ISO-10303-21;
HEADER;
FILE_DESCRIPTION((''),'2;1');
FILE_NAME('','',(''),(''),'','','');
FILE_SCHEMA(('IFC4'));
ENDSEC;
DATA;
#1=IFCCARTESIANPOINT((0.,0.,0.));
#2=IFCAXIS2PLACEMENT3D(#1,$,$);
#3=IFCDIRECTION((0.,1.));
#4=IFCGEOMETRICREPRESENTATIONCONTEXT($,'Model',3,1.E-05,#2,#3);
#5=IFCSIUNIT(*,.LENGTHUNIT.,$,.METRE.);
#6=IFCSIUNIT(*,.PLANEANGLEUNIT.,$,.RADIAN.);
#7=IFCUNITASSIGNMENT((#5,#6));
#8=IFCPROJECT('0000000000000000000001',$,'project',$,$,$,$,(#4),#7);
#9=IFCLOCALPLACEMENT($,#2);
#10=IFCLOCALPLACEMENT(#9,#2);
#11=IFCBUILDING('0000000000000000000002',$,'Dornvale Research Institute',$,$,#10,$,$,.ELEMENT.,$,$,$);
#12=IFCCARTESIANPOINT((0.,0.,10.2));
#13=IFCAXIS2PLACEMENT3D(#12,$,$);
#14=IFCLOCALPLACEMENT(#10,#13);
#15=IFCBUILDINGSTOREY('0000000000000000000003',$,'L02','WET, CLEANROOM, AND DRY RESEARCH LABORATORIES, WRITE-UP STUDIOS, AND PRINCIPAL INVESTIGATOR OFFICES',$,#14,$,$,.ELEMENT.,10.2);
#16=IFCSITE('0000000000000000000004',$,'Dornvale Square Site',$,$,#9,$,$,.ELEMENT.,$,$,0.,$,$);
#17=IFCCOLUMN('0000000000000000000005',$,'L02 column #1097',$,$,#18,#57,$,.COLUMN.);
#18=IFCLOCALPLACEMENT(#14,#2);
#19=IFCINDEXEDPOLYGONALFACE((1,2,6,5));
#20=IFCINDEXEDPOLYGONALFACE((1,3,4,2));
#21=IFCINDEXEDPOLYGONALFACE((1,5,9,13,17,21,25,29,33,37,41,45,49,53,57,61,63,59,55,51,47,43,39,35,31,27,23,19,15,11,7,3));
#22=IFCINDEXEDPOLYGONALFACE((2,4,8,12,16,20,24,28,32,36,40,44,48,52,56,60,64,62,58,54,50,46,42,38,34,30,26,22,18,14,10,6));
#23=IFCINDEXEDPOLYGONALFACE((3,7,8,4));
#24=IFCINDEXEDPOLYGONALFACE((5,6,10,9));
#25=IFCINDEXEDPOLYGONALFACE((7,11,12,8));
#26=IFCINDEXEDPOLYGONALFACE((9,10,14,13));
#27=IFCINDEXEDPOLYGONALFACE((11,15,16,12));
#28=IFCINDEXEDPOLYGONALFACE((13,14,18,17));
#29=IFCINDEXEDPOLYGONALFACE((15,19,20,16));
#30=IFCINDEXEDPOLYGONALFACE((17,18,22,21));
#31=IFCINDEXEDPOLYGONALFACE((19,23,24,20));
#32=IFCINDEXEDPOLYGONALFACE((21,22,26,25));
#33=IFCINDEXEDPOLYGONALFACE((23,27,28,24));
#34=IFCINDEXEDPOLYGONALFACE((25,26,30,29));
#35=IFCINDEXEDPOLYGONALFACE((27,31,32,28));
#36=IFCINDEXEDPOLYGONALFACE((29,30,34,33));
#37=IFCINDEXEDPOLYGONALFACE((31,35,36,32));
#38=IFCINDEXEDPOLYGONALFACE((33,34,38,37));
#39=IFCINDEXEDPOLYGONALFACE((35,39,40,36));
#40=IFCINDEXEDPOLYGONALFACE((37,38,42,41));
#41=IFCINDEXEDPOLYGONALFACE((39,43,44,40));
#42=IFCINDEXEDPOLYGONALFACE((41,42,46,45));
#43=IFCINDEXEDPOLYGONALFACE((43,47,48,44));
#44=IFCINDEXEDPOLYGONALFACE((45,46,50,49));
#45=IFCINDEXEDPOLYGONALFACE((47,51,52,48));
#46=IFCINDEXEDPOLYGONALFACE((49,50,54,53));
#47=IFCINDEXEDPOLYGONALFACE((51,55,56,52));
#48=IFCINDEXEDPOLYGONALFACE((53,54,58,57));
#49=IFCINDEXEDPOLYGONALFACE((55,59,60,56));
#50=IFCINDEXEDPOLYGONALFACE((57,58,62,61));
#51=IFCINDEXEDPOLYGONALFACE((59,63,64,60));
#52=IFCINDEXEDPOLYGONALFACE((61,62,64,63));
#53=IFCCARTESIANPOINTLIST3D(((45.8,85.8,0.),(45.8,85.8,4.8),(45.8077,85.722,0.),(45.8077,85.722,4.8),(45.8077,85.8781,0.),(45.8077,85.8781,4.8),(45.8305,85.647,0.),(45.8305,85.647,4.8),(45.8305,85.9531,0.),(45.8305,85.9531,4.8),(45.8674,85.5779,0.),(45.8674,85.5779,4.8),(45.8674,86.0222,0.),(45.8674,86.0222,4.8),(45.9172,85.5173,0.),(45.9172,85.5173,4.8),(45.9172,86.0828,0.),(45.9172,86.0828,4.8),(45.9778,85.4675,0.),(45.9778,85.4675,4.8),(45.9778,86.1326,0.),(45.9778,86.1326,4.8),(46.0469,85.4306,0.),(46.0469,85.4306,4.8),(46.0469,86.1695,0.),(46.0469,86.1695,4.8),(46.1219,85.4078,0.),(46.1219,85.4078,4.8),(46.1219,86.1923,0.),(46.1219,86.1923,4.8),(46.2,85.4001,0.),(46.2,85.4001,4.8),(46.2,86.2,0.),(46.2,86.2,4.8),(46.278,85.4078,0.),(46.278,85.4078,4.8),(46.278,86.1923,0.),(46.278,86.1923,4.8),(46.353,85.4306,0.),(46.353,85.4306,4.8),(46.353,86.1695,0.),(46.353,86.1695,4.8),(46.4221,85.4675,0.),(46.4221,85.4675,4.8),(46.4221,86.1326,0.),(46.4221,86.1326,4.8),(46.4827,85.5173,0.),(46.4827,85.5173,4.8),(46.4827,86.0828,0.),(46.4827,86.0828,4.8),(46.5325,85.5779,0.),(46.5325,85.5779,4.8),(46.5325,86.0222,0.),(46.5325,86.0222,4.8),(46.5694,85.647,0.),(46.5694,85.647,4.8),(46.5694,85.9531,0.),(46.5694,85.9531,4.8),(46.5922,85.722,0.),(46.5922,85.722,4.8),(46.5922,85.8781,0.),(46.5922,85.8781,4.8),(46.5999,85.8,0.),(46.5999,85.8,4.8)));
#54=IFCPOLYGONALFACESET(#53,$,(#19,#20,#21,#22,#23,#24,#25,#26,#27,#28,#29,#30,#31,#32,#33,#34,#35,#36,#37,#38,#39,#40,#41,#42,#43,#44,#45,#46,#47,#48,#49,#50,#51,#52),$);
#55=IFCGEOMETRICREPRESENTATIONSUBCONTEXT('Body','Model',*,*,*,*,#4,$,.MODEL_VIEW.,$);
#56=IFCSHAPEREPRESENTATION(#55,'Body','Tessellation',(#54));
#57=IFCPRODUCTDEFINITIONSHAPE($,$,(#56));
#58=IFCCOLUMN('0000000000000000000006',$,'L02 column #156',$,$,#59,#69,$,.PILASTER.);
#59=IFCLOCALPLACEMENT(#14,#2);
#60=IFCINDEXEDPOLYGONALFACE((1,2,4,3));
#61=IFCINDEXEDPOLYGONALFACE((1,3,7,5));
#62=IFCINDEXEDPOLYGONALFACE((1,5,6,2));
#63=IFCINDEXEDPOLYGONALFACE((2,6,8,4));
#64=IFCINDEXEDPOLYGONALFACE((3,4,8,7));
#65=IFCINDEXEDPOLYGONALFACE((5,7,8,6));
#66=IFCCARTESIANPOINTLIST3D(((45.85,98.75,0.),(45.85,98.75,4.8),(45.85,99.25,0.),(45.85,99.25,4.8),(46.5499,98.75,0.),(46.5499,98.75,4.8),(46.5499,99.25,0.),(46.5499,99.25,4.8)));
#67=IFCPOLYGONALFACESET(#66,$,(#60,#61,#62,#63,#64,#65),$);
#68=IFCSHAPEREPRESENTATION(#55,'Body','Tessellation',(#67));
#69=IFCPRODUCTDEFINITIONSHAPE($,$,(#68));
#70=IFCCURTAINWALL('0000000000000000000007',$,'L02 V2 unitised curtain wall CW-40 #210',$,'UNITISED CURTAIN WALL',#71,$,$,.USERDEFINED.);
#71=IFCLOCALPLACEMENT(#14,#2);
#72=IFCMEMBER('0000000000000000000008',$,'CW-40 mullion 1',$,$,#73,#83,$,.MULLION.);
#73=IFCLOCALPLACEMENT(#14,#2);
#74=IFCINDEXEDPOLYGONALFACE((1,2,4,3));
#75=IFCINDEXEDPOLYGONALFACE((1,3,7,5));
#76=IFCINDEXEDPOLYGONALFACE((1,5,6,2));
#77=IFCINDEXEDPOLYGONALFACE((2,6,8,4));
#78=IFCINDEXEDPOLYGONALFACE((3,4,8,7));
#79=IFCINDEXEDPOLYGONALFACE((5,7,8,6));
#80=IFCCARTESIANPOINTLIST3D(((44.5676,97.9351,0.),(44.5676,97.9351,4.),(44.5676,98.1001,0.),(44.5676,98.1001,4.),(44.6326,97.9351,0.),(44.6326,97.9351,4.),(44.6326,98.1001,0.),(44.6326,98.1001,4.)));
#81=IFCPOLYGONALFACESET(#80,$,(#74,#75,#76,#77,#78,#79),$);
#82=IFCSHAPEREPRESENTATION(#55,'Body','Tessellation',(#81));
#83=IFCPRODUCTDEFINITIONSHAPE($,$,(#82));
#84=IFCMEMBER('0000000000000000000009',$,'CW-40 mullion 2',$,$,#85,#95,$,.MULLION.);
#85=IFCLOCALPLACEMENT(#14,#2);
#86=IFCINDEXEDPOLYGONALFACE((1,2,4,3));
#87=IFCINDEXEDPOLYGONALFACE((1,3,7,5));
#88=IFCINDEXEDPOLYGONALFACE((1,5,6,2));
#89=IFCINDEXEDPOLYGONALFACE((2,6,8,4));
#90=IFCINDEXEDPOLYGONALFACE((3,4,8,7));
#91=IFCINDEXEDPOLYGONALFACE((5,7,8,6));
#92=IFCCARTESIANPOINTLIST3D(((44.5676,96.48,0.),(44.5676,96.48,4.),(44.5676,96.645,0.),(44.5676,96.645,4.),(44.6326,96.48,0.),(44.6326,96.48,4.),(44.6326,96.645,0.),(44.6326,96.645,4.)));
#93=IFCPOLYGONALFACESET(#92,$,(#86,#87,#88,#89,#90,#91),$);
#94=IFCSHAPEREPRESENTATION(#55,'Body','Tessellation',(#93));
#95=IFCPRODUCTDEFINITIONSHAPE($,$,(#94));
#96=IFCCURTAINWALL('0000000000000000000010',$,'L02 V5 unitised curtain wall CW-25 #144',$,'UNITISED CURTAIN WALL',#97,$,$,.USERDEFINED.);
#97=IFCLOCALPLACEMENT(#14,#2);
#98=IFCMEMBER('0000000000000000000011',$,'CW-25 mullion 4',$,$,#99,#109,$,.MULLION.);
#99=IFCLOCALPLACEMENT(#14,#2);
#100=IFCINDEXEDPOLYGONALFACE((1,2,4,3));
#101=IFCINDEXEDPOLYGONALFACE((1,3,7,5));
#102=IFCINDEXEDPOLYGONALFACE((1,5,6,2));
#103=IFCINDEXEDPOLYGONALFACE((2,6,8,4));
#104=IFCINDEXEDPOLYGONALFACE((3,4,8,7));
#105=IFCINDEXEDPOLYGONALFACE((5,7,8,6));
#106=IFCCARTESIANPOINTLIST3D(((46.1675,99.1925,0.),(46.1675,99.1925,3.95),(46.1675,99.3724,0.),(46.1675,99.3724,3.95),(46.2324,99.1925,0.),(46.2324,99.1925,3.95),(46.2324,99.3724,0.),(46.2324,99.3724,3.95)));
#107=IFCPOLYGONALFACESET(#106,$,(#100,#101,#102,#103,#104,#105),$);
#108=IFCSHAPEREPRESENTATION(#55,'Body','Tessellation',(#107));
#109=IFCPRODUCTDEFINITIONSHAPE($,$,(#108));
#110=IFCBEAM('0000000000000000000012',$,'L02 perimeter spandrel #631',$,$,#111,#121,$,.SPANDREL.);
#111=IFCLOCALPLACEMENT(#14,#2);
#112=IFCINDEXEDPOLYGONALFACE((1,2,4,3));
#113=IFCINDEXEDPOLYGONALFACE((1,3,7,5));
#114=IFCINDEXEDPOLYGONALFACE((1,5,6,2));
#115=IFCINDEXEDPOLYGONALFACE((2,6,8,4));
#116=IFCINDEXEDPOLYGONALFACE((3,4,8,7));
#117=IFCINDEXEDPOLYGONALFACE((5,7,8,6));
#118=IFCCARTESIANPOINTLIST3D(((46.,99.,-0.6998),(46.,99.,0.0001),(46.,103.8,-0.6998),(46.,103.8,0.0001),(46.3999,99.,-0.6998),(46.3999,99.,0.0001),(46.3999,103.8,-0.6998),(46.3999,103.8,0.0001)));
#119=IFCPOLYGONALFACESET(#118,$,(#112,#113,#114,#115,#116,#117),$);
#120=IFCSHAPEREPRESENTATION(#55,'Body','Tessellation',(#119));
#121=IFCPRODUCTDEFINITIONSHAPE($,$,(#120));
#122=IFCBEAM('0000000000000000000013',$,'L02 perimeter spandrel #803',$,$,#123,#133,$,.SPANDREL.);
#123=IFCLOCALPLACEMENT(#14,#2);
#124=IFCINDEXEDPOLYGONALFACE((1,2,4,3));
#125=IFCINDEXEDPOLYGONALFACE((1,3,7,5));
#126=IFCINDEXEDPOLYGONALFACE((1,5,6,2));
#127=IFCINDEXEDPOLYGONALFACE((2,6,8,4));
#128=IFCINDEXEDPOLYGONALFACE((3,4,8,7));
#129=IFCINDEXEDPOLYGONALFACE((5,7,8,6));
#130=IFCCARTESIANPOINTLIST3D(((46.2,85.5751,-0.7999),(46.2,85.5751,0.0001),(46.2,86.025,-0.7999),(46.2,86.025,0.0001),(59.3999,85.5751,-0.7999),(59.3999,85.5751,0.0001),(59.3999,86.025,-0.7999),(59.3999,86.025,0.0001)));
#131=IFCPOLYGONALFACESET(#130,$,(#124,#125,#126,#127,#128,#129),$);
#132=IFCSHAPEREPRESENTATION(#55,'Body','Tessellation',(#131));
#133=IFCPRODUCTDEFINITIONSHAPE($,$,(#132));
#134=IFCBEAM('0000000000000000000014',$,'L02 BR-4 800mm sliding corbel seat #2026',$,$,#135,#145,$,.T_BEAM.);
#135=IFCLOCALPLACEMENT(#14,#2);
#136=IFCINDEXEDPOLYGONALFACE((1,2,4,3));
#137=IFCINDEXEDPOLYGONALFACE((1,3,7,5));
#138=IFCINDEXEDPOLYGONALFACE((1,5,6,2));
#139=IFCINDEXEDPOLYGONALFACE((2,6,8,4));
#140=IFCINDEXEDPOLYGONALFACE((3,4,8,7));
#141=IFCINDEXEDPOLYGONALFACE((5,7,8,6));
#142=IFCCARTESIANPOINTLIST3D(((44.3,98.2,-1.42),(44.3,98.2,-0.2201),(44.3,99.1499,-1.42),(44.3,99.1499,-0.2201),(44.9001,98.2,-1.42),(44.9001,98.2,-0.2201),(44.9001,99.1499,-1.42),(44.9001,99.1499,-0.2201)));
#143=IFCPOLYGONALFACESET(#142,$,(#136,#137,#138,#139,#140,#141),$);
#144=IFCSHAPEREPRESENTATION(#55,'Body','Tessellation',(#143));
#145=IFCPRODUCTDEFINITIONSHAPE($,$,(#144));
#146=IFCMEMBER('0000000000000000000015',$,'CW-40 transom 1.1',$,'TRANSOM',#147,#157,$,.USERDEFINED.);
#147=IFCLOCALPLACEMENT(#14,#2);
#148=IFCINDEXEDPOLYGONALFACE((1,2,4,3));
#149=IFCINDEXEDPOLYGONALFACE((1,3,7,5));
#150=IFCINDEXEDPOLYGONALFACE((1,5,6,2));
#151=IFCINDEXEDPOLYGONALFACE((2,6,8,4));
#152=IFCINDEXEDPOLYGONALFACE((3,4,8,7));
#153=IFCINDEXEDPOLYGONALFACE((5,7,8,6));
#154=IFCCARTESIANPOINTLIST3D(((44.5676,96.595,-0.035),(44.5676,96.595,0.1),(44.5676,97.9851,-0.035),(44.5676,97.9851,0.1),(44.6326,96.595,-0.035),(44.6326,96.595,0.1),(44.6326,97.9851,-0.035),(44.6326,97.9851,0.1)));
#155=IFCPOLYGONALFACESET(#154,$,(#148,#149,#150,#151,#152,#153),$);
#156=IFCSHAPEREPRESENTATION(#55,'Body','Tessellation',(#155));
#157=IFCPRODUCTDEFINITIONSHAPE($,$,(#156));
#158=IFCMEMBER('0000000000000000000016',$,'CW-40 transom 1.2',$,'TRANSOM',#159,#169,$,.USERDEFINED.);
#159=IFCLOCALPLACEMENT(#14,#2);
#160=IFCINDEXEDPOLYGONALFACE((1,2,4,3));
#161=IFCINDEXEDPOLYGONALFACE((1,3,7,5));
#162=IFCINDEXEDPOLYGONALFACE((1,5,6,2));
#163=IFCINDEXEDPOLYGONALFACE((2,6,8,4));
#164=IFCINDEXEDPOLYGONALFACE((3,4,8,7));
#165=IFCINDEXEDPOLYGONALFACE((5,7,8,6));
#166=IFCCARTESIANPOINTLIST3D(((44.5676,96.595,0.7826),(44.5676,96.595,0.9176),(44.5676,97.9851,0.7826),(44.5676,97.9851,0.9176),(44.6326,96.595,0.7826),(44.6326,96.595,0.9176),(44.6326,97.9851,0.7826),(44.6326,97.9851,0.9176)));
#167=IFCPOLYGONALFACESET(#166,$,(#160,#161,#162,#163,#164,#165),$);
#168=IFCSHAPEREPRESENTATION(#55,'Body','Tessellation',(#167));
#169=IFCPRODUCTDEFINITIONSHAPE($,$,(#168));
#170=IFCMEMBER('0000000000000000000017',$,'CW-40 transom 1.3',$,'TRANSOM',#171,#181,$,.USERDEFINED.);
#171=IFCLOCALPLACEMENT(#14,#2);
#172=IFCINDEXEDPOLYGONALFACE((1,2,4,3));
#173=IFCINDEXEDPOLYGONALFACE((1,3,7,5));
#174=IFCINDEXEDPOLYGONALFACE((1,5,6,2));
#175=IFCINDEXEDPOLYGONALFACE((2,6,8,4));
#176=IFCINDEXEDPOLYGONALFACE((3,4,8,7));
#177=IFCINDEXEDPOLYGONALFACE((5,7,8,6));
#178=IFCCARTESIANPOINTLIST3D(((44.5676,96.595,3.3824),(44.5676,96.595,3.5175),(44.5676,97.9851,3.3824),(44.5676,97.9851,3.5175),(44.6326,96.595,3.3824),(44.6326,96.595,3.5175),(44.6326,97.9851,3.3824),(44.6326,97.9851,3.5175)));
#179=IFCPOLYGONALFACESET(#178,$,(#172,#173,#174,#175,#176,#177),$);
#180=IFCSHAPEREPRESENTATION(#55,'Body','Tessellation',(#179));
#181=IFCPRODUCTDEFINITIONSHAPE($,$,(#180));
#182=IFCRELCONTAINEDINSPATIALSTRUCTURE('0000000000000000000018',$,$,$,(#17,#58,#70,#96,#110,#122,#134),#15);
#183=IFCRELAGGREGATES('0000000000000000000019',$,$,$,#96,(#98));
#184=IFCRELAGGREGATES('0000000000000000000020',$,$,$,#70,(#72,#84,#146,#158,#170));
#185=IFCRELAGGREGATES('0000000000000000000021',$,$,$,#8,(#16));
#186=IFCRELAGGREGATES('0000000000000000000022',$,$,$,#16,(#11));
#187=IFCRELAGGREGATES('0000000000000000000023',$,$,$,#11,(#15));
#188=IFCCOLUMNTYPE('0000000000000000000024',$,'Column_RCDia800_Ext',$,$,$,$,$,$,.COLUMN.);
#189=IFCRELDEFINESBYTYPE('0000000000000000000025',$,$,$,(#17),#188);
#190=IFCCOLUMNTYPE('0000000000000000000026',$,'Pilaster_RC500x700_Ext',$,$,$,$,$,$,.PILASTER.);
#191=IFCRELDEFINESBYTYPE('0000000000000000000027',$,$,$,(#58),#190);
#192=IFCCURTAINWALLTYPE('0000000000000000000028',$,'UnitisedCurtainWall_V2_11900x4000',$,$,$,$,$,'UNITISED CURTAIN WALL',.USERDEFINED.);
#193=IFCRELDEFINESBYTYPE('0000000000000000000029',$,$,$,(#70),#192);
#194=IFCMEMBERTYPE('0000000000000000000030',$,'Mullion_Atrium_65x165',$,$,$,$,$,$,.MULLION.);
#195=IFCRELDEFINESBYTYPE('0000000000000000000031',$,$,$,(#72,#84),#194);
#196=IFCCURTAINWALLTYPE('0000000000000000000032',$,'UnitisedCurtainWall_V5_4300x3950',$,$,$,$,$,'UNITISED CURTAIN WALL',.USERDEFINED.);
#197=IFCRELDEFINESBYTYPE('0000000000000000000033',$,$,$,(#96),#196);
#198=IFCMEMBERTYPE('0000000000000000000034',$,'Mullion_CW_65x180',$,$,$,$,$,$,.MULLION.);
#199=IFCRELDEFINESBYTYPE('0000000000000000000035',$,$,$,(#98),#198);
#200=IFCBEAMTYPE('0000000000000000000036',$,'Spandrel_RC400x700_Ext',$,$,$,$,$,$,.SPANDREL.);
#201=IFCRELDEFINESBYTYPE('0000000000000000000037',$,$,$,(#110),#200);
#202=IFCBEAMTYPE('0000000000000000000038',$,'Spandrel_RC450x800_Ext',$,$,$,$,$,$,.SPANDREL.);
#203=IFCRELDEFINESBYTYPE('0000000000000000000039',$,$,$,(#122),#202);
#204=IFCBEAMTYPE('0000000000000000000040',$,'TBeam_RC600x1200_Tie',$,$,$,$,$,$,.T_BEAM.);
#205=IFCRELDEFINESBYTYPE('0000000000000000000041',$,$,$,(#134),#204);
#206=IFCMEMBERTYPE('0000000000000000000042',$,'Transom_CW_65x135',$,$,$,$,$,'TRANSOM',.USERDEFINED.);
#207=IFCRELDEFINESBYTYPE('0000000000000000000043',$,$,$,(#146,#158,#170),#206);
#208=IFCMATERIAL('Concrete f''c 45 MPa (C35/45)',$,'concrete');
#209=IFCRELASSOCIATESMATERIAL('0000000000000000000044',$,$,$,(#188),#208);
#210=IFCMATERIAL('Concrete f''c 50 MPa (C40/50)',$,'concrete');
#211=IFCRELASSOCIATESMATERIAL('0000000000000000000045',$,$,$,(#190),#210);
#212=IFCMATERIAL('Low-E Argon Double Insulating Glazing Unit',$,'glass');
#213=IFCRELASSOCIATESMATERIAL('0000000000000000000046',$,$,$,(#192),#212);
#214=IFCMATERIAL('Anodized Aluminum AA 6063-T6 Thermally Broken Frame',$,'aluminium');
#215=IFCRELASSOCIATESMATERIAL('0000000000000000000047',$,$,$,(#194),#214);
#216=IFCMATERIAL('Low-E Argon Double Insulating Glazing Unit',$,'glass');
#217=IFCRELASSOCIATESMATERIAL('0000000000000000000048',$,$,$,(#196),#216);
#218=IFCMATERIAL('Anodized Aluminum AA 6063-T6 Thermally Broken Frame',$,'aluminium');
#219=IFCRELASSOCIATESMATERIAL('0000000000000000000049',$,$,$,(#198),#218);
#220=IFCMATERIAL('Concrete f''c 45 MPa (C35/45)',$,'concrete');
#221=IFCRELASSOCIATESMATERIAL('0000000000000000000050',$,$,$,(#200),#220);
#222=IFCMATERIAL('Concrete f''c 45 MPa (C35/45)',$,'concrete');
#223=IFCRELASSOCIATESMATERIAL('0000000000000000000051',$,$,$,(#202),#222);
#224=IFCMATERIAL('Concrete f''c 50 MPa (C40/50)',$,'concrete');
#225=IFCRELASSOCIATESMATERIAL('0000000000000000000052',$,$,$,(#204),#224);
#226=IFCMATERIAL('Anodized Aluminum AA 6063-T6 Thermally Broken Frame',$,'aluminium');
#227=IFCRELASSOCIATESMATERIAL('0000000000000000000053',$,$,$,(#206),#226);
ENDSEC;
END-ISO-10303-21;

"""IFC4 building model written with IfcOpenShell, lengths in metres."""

from ifc_helpers import new_model, si_unit, direction, frame, origin, origin_2d, place, context, subcontext, project, spatial, rectangle, circle, extrude, material, material_profile, profile_set, type_object, element, aggregate, save


model = new_model("IFC4")

# Units and contexts
model_context = context("Model", 3, precision=1e-05, world=origin(), true_north=direction((0.0, 1.0)))
body_context = subcontext(model_context, "Body", "Model", "MODEL_VIEW")
ifc_project = project(units=[si_unit("LENGTHUNIT", "METRE"), si_unit("PLANEANGLEUNIT", "RADIAN")], contexts=[model_context])

# Site, building, storey
site_placement = place(None, origin())
site = spatial("IfcSite", under=ifc_project, at=site_placement, Name="Dornvale Square Site", CompositionType="ELEMENT", RefElevation=0.0)
building_placement = place(site_placement, origin())
building = spatial("IfcBuilding", under=site, at=building_placement, Name="Dornvale Research Institute", CompositionType="ELEMENT")
storey_placement = place(building_placement, frame((0.0, 0.0, 10.2)))
storey = spatial("IfcBuildingStorey", under=building, at=storey_placement, Name="L02", Description="WET, CLEANROOM, AND DRY RESEARCH LABORATORIES, WRITE-UP STUDIOS, AND PRINCIPAL INVESTIGATOR OFFICES", CompositionType="ELEMENT", Elevation=10.2)

# Columns
ifc_material_1 = material(Name="Concrete f'c 45 MPa (C35/45)", Category="concrete")
ifc_material_profile_1 = material_profile(ifc_material_1, circle(Radius=0.3999, at=origin_2d()), Name="RC DIA 800")
ifc_profile_set_1 = profile_set([ifc_material_profile_1], Name="Concrete f'c 45 MPa (C35/45)")
column_type_1 = type_object("IfcColumnType", Name="Column_RCDia800_Ext", PredefinedType="COLUMN", material=ifc_profile_set_1)
column_1_placement = place(storey_placement, frame((46.2, 85.8, 0.0), z_axis=(0.0, 0.0, 1.0), x_axis=(1.0, 0.0, 0.0)))
element("IfcColumn", 1, at=column_1_placement, inside=storey, type_object=column_type_1, Name="L02 column #1097", PredefinedType="COLUMN", context=body_context, shape_type="SweptSolid", body=[
    extrude(circle(Radius=0.3999, at=origin_2d()), origin(), (0.0, 0.0, 1.0), 4.8),
])
ifc_material_2 = material(Name="Concrete f'c 50 MPa (C40/50)", Category="concrete")
ifc_material_profile_2 = material_profile(ifc_material_2, rectangle(XDim=0.5, YDim=0.7, at=origin_2d()), Name="RC 500x700")
ifc_profile_set_2 = profile_set([ifc_material_profile_2], Name="Concrete f'c 50 MPa (C40/50)")
column_type_2 = type_object("IfcColumnType", Name="Pilaster_RC500x700_Ext", PredefinedType="PILASTER", material=ifc_profile_set_2)
column_2_placement = place(storey_placement, frame((46.2, 99.0, 0.0), z_axis=(0.0, 0.0, 1.0), x_axis=(0.0, 1.0, 0.0)))
element("IfcColumn", 2, at=column_2_placement, inside=storey, type_object=column_type_2, Name="L02 column #156", PredefinedType="PILASTER", context=body_context, shape_type="SweptSolid", body=[
    extrude(rectangle(XDim=0.5, YDim=0.7, at=origin_2d()), origin(), (0.0, 0.0, 1.0), 4.8),
])

# Curtain wall, members
ifc_material_3 = material(Name="Low-E Argon Double Insulating Glazing Unit", Category="glass")
curtain_wall_type_1 = type_object("IfcCurtainWallType", Name="UnitisedCurtainWall_V2_11900x4000", ElementType="UNITISED CURTAIN WALL", PredefinedType="USERDEFINED", material=ifc_material_3)
curtain_wall_1_placement = place(storey_placement, origin())
curtain_wall_1 = element("IfcCurtainWall", 3, at=curtain_wall_1_placement, inside=storey, type_object=curtain_wall_type_1, Name="L02 V2 unitised curtain wall CW-40 #210", ObjectType="UNITISED CURTAIN WALL", PredefinedType="USERDEFINED")
ifc_material_4 = material(Name="Anodized Aluminum AA 6063-T6 Thermally Broken Frame", Category="aluminium")
ifc_material_profile_3 = material_profile(ifc_material_4, rectangle(XDim=0.0649, YDim=0.165, at=origin_2d()), Name="ALU MULLION 65x165")
ifc_profile_set_3 = profile_set([ifc_material_profile_3], Name="Anodized Aluminum AA 6063-T6 Thermally Broken Frame")
member_type_1 = type_object("IfcMemberType", Name="Mullion_Atrium_65x165", PredefinedType="MULLION", material=ifc_profile_set_3)
member_1_placement = place(storey_placement, frame((44.6001, 98.0176, 0.0), z_axis=(0.0, 0.0, 1.0), x_axis=(1.0, 0.0, 0.0)))
member_1 = element("IfcMember", 4, at=member_1_placement, type_object=member_type_1, Name="CW-40 mullion 1", PredefinedType="MULLION", context=body_context, shape_type="SweptSolid", body=[
    extrude(rectangle(XDim=0.0649, YDim=0.165, at=origin_2d()), origin(), (0.0, 0.0, 1.0), 4.0),
])
member_2_placement = place(storey_placement, frame((44.6001, 96.5625, 0.0), z_axis=(0.0, 0.0, 1.0), x_axis=(1.0, 0.0, 0.0)))
member_2 = element("IfcMember", 5, at=member_2_placement, type_object=member_type_1, Name="CW-40 mullion 2", PredefinedType="MULLION", context=body_context, shape_type="SweptSolid", body=[
    extrude(rectangle(XDim=0.0649, YDim=0.165, at=origin_2d()), origin(), (0.0, 0.0, 1.0), 4.0),
])

# Curtain wall, member
ifc_material_5 = material(Name="Low-E Argon Double Insulating Glazing Unit", Category="glass")
curtain_wall_type_2 = type_object("IfcCurtainWallType", Name="UnitisedCurtainWall_V5_4300x3950", ElementType="UNITISED CURTAIN WALL", PredefinedType="USERDEFINED", material=ifc_material_5)
curtain_wall_2_placement = place(storey_placement, origin())
curtain_wall_2 = element("IfcCurtainWall", 6, at=curtain_wall_2_placement, inside=storey, type_object=curtain_wall_type_2, Name="L02 V5 unitised curtain wall CW-25 #144", ObjectType="UNITISED CURTAIN WALL", PredefinedType="USERDEFINED")
ifc_material_6 = material(Name="Anodized Aluminum AA 6063-T6 Thermally Broken Frame", Category="aluminium")
ifc_material_profile_4 = material_profile(ifc_material_6, rectangle(XDim=0.0649, YDim=0.1799, at=origin_2d()), Name="ALU MULLION 65x180")
ifc_profile_set_4 = profile_set([ifc_material_profile_4], Name="Anodized Aluminum AA 6063-T6 Thermally Broken Frame")
member_type_2 = type_object("IfcMemberType", Name="Mullion_CW_65x180", PredefinedType="MULLION", material=ifc_profile_set_4)
member_3_placement = place(storey_placement, frame((46.2, 99.2825, 0.0), z_axis=(0.0, 0.0, 1.0), x_axis=(1.0, 0.0, 0.0)))
member_3 = element("IfcMember", 7, at=member_3_placement, type_object=member_type_2, Name="CW-25 mullion 4", PredefinedType="MULLION", context=body_context, shape_type="SweptSolid", body=[
    extrude(rectangle(XDim=0.0649, YDim=0.1799, at=origin_2d()), origin(), (0.0, 0.0, 1.0), 3.95),
])

# Beams
ifc_material_7 = material(Name="Concrete f'c 45 MPa (C35/45)", Category="concrete")
ifc_material_profile_5 = material_profile(ifc_material_7, rectangle(XDim=0.3999, YDim=0.7, at=origin_2d()), Name="RC 400x700")
ifc_profile_set_5 = profile_set([ifc_material_profile_5], Name="Concrete f'c 45 MPa (C35/45)")
beam_type_1 = type_object("IfcBeamType", Name="Spandrel_RC400x700_Ext", PredefinedType="SPANDREL", material=ifc_profile_set_5)
beam_1_placement = place(storey_placement, frame((46.2, 99.0, -0.3499), z_axis=(0.0, 1.0, 0.0), x_axis=(-1.0, 0.0, 0.0)))
element("IfcBeam", 8, at=beam_1_placement, inside=storey, type_object=beam_type_1, Name="L02 perimeter spandrel #631", PredefinedType="SPANDREL", context=body_context, shape_type="SweptSolid", body=[
    extrude(rectangle(XDim=0.3999, YDim=0.7, at=origin_2d()), origin(), (0.0, 0.0, 1.0), 4.8),
])
ifc_material_8 = material(Name="Concrete f'c 45 MPa (C35/45)", Category="concrete")
ifc_material_profile_6 = material_profile(ifc_material_8, rectangle(XDim=0.45, YDim=0.8, at=origin_2d()), Name="RC 450x800")
ifc_profile_set_6 = profile_set([ifc_material_profile_6], Name="Concrete f'c 45 MPa (C35/45)")
beam_type_2 = type_object("IfcBeamType", Name="Spandrel_RC450x800_Ext", PredefinedType="SPANDREL", material=ifc_profile_set_6)
beam_2_placement = place(storey_placement, frame((46.2, 85.8, -0.3999), z_axis=(1.0, 0.0, 0.0), x_axis=(0.0, 1.0, 0.0)))
element("IfcBeam", 9, at=beam_2_placement, inside=storey, type_object=beam_type_2, Name="L02 perimeter spandrel #803", PredefinedType="SPANDREL", context=body_context, shape_type="SweptSolid", body=[
    extrude(rectangle(XDim=0.45, YDim=0.8, at=origin_2d()), origin(), (0.0, 0.0, 1.0), 13.2),
])
ifc_material_9 = material(Name="Concrete f'c 50 MPa (C40/50)", Category="concrete")
ifc_material_profile_7 = material_profile(ifc_material_9, rectangle(XDim=0.6001, YDim=1.2, at=origin_2d()), Name="RC 600x1200")
ifc_profile_set_7 = profile_set([ifc_material_profile_7], Name="Concrete f'c 50 MPa (C40/50)")
beam_type_3 = type_object("IfcBeamType", Name="TBeam_RC600x1200_Tie", PredefinedType="T_BEAM", material=ifc_profile_set_7)
beam_3_placement = place(storey_placement, frame((44.6001, 98.2, -0.8201), z_axis=(0.0, 1.0, 0.0), x_axis=(-1.0, 0.0, 0.0)))
element("IfcBeam", 10, at=beam_3_placement, inside=storey, type_object=beam_type_3, Name="L02 BR-4 800mm sliding corbel seat #2026", PredefinedType="T_BEAM", context=body_context, shape_type="SweptSolid", body=[
    extrude(rectangle(XDim=0.6001, YDim=1.2, at=origin_2d()), origin(), (0.0, 0.0, 1.0), 0.95),
])

# Members
ifc_material_10 = material(Name="Anodized Aluminum AA 6063-T6 Thermally Broken Frame", Category="aluminium")
ifc_material_profile_8 = material_profile(ifc_material_10, rectangle(XDim=0.0649, YDim=0.135, at=origin_2d()), Name="ALU TRANSOM 65x135")
ifc_profile_set_8 = profile_set([ifc_material_profile_8], Name="Anodized Aluminum AA 6063-T6 Thermally Broken Frame")
member_type_3 = type_object("IfcMemberType", Name="Transom_CW_65x135", ElementType="TRANSOM", PredefinedType="USERDEFINED", material=ifc_profile_set_8)
member_4_placement = place(storey_placement, frame((44.6001, 97.9851, 0.0325), z_axis=(0.0, -1.0, 0.0), x_axis=(1.0, 0.0, 0.0)))
member_4 = element("IfcMember", 11, at=member_4_placement, type_object=member_type_3, Name="CW-40 transom 1.1", ObjectType="TRANSOM", PredefinedType="USERDEFINED", context=body_context, shape_type="SweptSolid", body=[
    extrude(rectangle(XDim=0.0649, YDim=0.135, at=origin_2d()), origin(), (0.0, 0.0, 1.0), 1.3901),
])
member_5_placement = place(storey_placement, frame((44.6001, 97.9851, 0.8501), z_axis=(0.0, -1.0, 0.0), x_axis=(1.0, 0.0, 0.0)))
member_5 = element("IfcMember", 12, at=member_5_placement, type_object=member_type_3, Name="CW-40 transom 1.2", ObjectType="TRANSOM", PredefinedType="USERDEFINED", context=body_context, shape_type="SweptSolid", body=[
    extrude(rectangle(XDim=0.0649, YDim=0.135, at=origin_2d()), origin(), (0.0, 0.0, 1.0), 1.3901),
])
member_6_placement = place(storey_placement, frame((44.6001, 97.9851, 3.45), z_axis=(0.0, -1.0, 0.0), x_axis=(1.0, 0.0, 0.0)))
member_6 = element("IfcMember", 13, at=member_6_placement, type_object=member_type_3, Name="CW-40 transom 1.3", ObjectType="TRANSOM", PredefinedType="USERDEFINED", context=body_context, shape_type="SweptSolid", body=[
    extrude(rectangle(XDim=0.0649, YDim=0.135, at=origin_2d()), origin(), (0.0, 0.0, 1.0), 1.3901),
])

aggregate(curtain_wall_2, [member_3])
aggregate(curtain_wall_1, [member_1, member_2, member_4, member_5, member_6])

save(model, "model.ifc")
